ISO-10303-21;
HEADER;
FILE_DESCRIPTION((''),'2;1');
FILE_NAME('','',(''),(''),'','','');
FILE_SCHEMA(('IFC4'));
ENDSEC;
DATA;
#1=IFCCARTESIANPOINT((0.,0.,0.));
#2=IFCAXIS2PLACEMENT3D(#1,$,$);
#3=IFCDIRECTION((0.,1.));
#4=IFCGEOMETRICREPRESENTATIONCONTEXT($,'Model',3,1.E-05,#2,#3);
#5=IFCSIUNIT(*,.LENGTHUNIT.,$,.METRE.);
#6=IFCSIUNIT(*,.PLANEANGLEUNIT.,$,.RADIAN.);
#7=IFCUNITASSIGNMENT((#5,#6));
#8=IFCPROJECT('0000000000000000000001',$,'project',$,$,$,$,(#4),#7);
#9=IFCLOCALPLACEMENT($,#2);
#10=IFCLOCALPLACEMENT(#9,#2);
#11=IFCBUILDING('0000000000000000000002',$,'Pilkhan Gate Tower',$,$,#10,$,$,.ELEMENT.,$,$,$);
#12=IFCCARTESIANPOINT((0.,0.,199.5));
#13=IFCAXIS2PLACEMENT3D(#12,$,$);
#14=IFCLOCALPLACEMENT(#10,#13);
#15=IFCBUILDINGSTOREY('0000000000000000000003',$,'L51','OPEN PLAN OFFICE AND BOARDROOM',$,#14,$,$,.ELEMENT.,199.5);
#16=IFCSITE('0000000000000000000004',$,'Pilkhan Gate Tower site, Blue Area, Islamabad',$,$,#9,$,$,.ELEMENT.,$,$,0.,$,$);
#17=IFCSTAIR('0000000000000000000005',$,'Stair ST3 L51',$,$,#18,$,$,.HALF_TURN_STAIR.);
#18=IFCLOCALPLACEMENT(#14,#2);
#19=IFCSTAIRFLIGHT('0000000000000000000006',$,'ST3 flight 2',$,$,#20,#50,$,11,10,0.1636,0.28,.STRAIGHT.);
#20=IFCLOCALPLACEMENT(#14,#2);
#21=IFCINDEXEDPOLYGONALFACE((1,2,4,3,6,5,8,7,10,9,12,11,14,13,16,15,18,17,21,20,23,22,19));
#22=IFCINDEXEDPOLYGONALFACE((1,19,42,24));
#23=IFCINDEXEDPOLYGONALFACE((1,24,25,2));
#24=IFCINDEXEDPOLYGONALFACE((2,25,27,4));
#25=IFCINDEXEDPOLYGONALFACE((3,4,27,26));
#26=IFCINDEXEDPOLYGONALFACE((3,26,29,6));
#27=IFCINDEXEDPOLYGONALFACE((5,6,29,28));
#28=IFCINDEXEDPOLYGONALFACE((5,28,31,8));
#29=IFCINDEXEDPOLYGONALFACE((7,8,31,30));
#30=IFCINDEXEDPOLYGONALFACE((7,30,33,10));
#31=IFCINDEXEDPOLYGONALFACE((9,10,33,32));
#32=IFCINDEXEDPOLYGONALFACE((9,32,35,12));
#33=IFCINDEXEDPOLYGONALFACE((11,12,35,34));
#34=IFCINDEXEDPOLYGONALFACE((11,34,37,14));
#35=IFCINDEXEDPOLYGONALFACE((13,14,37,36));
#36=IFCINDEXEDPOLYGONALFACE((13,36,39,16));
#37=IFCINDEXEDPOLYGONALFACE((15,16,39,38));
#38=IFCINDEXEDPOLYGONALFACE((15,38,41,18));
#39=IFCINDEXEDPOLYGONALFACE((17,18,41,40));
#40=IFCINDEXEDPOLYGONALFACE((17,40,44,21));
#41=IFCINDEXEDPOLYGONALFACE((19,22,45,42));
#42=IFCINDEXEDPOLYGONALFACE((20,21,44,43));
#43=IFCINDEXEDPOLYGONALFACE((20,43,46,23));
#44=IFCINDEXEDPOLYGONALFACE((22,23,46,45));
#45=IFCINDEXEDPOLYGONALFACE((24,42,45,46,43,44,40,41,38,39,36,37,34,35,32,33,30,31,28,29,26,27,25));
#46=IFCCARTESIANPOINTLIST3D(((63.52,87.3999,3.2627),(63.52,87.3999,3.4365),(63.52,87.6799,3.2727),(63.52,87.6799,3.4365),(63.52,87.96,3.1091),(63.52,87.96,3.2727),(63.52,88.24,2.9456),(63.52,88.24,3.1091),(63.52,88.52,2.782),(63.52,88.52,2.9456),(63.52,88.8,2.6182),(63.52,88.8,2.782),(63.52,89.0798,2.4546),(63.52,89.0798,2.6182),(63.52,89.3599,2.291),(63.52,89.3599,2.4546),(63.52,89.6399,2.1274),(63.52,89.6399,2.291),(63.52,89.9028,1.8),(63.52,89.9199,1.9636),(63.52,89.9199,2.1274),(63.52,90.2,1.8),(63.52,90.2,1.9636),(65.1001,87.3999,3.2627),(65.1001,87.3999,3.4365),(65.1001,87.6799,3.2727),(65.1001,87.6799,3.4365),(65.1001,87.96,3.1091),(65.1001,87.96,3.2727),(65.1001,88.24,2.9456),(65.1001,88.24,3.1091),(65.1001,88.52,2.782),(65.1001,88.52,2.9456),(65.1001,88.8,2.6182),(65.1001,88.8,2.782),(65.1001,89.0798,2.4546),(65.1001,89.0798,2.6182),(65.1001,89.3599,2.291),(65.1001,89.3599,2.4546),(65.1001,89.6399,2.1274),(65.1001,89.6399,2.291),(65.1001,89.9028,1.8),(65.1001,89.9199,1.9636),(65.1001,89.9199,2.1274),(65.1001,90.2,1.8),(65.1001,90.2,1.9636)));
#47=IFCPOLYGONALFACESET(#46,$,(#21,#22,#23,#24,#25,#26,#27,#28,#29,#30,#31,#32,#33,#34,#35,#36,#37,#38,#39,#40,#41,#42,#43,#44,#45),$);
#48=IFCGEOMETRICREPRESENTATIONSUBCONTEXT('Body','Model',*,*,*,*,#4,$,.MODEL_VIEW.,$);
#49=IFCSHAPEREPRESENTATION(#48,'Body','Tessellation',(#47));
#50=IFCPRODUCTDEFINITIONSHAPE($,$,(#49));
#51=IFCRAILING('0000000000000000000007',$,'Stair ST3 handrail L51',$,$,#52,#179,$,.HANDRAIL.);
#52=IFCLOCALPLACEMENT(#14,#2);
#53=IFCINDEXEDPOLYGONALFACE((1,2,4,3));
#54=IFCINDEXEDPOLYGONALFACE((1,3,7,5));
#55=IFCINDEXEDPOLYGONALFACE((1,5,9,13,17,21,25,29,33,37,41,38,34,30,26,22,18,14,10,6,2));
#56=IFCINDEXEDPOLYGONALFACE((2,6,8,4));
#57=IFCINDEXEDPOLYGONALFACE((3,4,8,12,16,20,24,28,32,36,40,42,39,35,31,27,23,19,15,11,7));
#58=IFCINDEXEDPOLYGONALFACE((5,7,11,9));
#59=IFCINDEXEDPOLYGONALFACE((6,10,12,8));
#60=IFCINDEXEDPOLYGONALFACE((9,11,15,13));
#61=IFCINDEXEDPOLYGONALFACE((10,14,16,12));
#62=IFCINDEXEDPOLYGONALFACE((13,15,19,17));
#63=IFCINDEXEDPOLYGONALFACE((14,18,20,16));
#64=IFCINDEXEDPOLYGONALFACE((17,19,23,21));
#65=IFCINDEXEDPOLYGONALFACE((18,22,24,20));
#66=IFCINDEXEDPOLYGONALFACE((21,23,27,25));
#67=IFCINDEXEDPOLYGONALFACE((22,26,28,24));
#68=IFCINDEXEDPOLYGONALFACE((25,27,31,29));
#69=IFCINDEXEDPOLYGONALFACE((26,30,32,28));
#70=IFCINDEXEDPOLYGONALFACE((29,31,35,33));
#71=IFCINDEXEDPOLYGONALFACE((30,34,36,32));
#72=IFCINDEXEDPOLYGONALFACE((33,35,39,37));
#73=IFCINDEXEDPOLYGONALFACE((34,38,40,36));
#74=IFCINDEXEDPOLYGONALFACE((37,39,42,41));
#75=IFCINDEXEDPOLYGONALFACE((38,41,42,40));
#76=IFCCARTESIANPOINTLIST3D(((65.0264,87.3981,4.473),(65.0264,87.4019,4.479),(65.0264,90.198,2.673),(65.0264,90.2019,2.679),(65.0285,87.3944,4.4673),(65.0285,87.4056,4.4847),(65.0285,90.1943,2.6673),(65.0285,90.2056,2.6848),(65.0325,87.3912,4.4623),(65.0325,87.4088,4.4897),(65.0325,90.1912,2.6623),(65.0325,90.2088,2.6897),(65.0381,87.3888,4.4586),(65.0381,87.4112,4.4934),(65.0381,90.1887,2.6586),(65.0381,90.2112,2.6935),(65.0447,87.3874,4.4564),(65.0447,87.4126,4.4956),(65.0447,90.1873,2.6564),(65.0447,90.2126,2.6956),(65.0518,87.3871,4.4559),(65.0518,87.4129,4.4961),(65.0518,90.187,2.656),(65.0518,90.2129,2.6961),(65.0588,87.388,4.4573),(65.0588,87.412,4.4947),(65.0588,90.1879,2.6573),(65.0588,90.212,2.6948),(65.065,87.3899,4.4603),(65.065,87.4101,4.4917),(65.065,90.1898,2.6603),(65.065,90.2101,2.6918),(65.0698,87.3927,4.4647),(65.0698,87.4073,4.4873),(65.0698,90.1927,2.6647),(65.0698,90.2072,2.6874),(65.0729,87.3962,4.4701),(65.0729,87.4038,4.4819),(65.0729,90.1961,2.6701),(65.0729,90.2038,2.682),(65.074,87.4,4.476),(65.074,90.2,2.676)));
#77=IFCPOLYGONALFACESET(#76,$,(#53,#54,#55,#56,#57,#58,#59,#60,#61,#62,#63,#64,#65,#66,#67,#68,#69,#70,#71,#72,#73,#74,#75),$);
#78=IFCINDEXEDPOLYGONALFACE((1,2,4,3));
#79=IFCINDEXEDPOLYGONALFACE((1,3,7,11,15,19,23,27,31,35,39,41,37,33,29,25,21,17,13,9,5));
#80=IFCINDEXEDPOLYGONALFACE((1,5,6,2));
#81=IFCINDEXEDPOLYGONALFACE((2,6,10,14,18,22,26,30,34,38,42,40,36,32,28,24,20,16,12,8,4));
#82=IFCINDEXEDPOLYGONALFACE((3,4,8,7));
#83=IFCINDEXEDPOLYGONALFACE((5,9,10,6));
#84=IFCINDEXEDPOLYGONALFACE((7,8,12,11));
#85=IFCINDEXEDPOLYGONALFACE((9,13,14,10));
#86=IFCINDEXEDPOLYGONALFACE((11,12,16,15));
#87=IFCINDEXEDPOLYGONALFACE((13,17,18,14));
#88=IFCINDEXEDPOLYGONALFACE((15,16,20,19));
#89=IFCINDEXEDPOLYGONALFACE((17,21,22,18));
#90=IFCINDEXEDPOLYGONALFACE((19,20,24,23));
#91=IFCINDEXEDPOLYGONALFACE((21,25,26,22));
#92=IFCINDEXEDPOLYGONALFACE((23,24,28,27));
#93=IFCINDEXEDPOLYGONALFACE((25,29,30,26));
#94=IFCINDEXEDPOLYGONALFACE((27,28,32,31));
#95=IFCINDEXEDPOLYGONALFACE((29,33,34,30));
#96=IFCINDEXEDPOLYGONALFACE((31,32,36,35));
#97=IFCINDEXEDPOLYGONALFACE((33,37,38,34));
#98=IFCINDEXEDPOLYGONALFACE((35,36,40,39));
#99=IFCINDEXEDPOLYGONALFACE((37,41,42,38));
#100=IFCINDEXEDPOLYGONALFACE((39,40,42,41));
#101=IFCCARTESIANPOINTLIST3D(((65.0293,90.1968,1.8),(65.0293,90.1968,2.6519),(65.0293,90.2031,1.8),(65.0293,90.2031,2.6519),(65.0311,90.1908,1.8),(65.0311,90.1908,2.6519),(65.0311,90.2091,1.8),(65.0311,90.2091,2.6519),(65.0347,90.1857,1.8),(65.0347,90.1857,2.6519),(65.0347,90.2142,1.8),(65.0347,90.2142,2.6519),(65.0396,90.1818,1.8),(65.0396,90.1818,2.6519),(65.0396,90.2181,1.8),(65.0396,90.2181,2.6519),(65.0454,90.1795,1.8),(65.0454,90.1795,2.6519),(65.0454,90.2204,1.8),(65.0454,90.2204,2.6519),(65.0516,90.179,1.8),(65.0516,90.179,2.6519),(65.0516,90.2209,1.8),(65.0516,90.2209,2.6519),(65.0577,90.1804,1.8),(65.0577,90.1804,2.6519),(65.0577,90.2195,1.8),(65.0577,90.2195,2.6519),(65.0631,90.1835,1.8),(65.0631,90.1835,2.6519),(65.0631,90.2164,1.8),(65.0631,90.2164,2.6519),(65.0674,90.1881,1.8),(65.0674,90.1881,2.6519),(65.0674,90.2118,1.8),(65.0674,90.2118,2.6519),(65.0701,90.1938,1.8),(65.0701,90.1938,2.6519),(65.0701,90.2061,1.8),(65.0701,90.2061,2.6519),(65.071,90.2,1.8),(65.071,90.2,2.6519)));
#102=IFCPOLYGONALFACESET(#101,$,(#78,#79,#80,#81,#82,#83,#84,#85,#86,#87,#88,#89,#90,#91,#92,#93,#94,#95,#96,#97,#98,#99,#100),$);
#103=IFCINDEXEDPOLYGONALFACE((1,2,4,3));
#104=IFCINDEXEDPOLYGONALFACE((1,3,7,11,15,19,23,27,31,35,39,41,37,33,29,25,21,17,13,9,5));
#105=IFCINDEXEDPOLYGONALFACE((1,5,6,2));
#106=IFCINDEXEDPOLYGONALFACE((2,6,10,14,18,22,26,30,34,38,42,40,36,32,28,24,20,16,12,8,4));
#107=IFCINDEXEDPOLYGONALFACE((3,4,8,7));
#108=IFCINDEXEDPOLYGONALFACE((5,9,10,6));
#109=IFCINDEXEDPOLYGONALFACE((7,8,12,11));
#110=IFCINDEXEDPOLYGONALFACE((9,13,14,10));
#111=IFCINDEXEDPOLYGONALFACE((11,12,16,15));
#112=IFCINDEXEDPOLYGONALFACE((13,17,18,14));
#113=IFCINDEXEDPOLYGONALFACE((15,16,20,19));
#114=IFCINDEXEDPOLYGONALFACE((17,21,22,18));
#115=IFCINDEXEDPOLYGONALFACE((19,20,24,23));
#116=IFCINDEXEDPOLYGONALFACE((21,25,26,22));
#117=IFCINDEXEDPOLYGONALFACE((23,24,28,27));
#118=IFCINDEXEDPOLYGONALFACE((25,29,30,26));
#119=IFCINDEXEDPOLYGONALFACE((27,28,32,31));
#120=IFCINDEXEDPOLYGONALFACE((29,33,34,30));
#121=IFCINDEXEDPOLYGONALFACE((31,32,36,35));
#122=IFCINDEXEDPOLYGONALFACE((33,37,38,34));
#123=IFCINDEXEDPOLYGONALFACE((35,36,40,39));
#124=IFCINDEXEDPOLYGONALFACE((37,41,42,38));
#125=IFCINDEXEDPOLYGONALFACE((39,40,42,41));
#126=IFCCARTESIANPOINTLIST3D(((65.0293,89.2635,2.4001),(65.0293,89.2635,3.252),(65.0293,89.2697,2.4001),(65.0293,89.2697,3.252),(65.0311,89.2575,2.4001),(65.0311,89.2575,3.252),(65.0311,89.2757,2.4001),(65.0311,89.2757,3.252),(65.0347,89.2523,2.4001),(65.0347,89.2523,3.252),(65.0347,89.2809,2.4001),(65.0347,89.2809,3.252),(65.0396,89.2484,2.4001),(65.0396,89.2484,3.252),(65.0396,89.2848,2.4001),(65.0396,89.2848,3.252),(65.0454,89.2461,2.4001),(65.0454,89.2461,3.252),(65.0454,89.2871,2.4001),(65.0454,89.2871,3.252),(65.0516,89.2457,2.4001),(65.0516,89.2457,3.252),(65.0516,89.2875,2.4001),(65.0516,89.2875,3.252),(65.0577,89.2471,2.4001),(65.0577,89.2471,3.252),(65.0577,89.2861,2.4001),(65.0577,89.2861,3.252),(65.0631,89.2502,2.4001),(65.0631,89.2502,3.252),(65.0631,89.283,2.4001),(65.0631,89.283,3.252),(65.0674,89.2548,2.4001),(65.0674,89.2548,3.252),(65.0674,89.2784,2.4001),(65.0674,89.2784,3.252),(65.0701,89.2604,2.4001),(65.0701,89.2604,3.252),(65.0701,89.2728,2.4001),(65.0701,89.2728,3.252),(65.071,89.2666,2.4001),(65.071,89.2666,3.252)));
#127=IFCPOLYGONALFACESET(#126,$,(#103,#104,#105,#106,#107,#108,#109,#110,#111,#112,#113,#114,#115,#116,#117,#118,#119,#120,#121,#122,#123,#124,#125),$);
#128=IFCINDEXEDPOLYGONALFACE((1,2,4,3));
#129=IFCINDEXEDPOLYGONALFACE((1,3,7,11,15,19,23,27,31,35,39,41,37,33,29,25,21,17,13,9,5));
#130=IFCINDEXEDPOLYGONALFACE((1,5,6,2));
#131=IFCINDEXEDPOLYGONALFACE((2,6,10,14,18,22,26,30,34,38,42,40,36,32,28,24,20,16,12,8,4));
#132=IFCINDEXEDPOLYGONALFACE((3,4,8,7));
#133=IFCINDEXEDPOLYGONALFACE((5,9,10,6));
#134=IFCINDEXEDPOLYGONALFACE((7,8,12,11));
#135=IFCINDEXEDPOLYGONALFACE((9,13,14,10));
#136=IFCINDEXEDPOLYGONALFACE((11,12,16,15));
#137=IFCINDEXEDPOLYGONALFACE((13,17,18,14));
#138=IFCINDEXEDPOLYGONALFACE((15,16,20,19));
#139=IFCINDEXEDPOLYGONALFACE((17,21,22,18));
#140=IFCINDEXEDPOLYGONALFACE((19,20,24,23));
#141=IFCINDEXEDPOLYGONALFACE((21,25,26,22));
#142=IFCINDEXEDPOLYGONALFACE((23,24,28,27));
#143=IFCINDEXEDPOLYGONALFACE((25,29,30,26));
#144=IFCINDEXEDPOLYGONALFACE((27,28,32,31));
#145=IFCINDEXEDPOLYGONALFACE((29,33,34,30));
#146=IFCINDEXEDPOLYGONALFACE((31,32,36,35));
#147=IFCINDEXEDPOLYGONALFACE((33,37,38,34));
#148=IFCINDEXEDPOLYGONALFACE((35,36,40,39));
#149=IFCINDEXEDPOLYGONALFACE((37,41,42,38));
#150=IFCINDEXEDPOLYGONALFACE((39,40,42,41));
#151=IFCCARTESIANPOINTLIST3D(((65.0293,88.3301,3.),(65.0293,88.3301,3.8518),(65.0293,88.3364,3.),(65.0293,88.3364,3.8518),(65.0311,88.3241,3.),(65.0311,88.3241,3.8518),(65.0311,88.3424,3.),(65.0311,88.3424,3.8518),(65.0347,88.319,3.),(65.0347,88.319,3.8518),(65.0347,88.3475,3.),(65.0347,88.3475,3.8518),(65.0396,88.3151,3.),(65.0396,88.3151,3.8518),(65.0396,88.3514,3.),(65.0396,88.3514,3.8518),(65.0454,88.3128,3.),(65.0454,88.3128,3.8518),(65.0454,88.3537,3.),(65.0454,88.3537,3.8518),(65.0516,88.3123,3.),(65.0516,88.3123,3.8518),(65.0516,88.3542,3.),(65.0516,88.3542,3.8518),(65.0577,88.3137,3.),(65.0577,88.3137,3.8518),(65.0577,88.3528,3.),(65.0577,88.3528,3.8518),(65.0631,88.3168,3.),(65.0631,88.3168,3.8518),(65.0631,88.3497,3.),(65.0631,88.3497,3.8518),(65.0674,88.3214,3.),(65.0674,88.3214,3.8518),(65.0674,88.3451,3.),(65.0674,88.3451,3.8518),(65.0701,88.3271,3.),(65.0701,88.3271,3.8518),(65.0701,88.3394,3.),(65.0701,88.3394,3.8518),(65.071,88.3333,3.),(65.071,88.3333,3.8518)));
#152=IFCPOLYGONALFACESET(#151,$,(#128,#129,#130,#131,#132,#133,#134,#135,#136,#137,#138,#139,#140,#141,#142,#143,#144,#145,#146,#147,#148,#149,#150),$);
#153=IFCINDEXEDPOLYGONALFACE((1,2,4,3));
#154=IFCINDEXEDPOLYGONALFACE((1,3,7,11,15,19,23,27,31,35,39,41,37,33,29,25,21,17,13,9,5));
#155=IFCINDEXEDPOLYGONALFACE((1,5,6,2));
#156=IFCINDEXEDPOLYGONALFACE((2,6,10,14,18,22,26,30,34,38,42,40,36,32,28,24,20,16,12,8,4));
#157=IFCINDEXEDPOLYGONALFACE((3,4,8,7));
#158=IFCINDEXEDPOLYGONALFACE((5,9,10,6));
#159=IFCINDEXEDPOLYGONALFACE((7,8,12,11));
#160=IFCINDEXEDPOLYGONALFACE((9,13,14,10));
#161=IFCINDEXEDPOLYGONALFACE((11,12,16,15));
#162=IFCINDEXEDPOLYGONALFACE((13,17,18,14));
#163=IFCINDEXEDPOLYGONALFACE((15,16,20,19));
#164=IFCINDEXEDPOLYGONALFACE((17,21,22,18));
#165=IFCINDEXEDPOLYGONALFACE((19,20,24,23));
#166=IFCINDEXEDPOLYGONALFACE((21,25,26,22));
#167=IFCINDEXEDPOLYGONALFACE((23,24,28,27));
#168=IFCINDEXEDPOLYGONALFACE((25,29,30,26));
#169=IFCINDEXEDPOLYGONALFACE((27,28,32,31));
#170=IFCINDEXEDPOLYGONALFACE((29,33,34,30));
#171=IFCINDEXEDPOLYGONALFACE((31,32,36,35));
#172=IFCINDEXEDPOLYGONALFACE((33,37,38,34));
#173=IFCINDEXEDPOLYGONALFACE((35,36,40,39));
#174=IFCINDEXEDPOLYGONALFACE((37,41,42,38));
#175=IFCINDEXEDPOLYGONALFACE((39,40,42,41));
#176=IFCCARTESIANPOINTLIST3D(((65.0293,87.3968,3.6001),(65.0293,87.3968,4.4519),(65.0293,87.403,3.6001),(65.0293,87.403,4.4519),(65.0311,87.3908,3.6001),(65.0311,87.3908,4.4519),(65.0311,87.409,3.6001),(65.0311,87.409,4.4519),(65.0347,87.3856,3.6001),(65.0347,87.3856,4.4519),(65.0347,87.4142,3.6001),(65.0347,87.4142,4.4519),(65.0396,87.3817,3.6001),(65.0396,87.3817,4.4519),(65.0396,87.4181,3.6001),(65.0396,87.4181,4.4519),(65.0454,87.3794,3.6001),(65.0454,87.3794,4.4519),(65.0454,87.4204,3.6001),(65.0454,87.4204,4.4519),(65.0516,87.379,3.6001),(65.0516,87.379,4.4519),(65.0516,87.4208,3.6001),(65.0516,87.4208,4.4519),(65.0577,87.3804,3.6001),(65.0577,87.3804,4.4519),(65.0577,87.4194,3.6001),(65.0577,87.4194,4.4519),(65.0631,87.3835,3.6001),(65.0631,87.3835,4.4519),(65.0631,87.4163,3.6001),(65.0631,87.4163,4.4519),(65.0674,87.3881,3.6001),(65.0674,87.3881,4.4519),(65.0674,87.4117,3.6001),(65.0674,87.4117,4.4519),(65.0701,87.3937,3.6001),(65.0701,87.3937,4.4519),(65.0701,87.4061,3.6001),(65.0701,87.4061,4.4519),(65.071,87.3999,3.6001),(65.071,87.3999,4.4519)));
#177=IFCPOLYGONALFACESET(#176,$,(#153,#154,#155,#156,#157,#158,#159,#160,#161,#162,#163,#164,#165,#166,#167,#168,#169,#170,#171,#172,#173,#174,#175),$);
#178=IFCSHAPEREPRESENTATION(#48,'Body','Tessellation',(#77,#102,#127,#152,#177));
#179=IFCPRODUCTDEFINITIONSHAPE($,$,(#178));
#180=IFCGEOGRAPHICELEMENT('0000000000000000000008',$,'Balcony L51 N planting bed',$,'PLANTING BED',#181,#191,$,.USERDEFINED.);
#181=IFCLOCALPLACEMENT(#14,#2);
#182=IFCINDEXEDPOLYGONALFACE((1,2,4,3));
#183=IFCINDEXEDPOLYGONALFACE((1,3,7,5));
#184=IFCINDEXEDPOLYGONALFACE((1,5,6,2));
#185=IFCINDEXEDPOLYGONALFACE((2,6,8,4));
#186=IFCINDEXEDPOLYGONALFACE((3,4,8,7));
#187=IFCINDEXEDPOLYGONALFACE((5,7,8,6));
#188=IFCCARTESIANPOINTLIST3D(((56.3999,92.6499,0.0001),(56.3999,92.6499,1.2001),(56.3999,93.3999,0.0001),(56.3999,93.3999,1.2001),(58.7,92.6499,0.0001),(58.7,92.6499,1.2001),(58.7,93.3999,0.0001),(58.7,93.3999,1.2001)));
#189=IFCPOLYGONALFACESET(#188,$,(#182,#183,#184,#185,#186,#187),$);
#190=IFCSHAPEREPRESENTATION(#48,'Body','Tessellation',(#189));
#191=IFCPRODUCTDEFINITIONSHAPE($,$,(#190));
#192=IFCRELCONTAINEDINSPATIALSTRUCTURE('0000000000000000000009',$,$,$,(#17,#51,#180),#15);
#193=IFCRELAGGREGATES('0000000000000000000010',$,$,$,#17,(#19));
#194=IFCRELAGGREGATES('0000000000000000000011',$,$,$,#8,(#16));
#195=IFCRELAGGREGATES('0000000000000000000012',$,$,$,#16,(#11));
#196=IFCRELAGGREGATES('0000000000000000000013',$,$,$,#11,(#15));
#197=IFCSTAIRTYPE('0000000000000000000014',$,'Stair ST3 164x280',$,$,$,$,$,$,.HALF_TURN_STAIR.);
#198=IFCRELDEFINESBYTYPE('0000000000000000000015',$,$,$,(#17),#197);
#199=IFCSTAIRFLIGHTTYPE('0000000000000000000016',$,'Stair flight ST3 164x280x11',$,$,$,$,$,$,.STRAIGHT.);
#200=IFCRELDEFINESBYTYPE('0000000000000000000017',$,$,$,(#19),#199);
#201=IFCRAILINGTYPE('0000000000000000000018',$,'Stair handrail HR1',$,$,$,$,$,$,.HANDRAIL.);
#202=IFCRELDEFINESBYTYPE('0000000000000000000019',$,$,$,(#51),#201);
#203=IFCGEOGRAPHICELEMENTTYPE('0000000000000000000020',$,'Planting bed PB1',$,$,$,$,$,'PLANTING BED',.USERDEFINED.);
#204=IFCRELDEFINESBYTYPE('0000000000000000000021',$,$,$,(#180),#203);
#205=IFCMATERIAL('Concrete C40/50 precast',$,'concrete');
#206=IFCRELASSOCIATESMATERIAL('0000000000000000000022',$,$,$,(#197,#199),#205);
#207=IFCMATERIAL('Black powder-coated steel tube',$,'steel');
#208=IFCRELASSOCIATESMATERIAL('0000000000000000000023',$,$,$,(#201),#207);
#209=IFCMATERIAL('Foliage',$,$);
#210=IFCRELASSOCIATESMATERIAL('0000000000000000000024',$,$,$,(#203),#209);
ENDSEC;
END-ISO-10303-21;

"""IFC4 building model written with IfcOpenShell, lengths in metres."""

from ifc_helpers import new_model, si_unit, direction, frame, origin, origin_2d, place, context, subcontext, project, spatial, polyline, rectangle, circle, outline, extrude, material, material_profile, profile_set, type_object, element, aggregate, save


model = new_model("IFC4")

# Units and contexts
model_context = context("Model", 3, precision=1e-05, world=origin(), true_north=direction((0.0, 1.0)))
body_context = subcontext(model_context, "Body", "Model", "MODEL_VIEW")
ifc_project = project(units=[si_unit("LENGTHUNIT", "METRE"), si_unit("PLANEANGLEUNIT", "RADIAN")], contexts=[model_context])

# Site, building, storey
site_placement = place(None, origin())
site = spatial("IfcSite", under=ifc_project, at=site_placement, Name="Pilkhan Gate Tower site, Blue Area, Islamabad", CompositionType="ELEMENT", RefElevation=0.0)
building_placement = place(site_placement, origin())
building = spatial("IfcBuilding", under=site, at=building_placement, Name="Pilkhan Gate Tower", CompositionType="ELEMENT")
storey_placement = place(building_placement, frame((0.0, 0.0, 199.5)))
storey = spatial("IfcBuildingStorey", under=building, at=storey_placement, Name="L51", Description="OPEN PLAN OFFICE AND BOARDROOM", CompositionType="ELEMENT", Elevation=199.5)

# Stair, stair flight
ifc_material_1 = material(Name="Concrete C40/50 precast", Category="concrete")
stair_type = type_object("IfcStairType", Name="Stair ST3 164x280", PredefinedType="HALF_TURN_STAIR", material=ifc_material_1)
stair_placement = place(storey_placement, origin())
stair = element("IfcStair", 1, at=stair_placement, inside=storey, type_object=stair_type, Name="Stair ST3 L51", PredefinedType="HALF_TURN_STAIR")
stair_flight_type = type_object("IfcStairFlightType", Name="Stair flight ST3 164x280x11", PredefinedType="STRAIGHT", material=ifc_material_1)
stair_flight_placement = place(storey_placement, frame((64.3101, 90.2, 1.8), z_axis=(0.0, 0.0, 1.0), x_axis=(0.0, -1.0, 0.0)))
stair_flight = element("IfcStairFlight", 2, at=stair_flight_placement, type_object=stair_flight_type, Name="ST3 flight 2", NumberOfRisers=11, NumberOfTreads=10, PredefinedType="STRAIGHT", RiserHeight=0.1636, TreadLength=0.28, context=body_context, shape_type="SweptSolid", body=[
    extrude(outline(polyline([(0.0, 0.0), (0.0, 0.1636), (0.28, 0.1636), (0.28, 0.3274), (0.5601, 0.3274), (0.5601, 0.491), (0.8401, 0.491), (0.8401, 0.6545), (1.1201, 0.6545), (1.1201, 0.8181), (1.3999, 0.8181), (1.3999, 0.9819), (1.6799, 0.9819), (1.6799, 1.1455), (1.96, 1.1455), (1.96, 1.3091), (2.24, 1.3091), (2.24, 1.4727), (2.52, 1.4727), (2.52, 1.6365), (2.8, 1.6365), (2.8, 1.8), (2.8, 1.4626), (0.2971, 0.0), (0.0, 0.0)])), frame((0.0, 0.79, 0.0), z_axis=(0.0, -1.0, 0.0), x_axis=(1.0, 0.0, 0.0)), (0.0, 0.0, 1.0), 1.5801),
])
aggregate(stair, [stair_flight])

# Railing
ifc_material_2 = material(Name="Black powder-coated steel tube", Category="steel")
railing_type_1 = type_object("IfcRailingType", Name="Stair handrail HR1", PredefinedType="HANDRAIL", material=ifc_material_2)
railing_1_placement = place(storey_placement, frame((65.05, 90.2, 1.8)))
element("IfcRailing", 3, at=railing_1_placement, inside=storey, type_object=railing_type_1, Name="Stair ST3 handrail L51", PredefinedType="HANDRAIL", context=body_context, shape_type="SweptSolid", body=[
    extrude(circle(Radius=0.0239, at=origin_2d()), frame((0.0, 0.0, 0.876), z_axis=(0.0, -0.841176, 0.540761), x_axis=(1.0, 0.0, 0.0)), (0.0, 0.0, 1.0), 3.3286),
    extrude(circle(Radius=0.021, at=origin_2d()), origin(), (0.0, 0.0, 1.0), 0.8518),
    extrude(circle(Radius=0.021, at=origin_2d()), frame((0.0, -0.9333, 0.6001)), (0.0, 0.0, 1.0), 0.8518),
    extrude(circle(Radius=0.021, at=origin_2d()), frame((0.0, -1.8667, 1.2)), (0.0, 0.0, 1.0), 0.8518),
    extrude(circle(Radius=0.021, at=origin_2d()), frame((0.0, -2.8, 1.8)), (0.0, 0.0, 1.0), 0.8518),
])

# Geographic element
ifc_material_3 = material(Name="Foliage")
ifc_material_profile_1 = material_profile(ifc_material_3, rectangle(XDim=0.75, YDim=1.2, at=origin_2d()), Name="Bed 750x1200")
ifc_profile_set_1 = profile_set([ifc_material_profile_1], Name="Foliage")
geographic_element_type_1 = type_object("IfcGeographicElementType", Name="Planting bed PB1", ElementType="PLANTING BED", PredefinedType="USERDEFINED", material=ifc_profile_set_1)
geographic_element_1_placement = place(storey_placement, frame((56.3999, 93.0249, 0.6001), z_axis=(1.0, 0.0, 0.0), x_axis=(0.0, 1.0, 0.0)))
element("IfcGeographicElement", 4, at=geographic_element_1_placement, inside=storey, type_object=geographic_element_type_1, Name="Balcony L51 N planting bed", ObjectType="PLANTING BED", PredefinedType="USERDEFINED", context=body_context, shape_type="SweptSolid", body=[
    extrude(rectangle(XDim=0.75, YDim=1.2, at=origin_2d()), origin(), (0.0, 0.0, 1.0), 2.3),
])

save(model, "model.ifc")
